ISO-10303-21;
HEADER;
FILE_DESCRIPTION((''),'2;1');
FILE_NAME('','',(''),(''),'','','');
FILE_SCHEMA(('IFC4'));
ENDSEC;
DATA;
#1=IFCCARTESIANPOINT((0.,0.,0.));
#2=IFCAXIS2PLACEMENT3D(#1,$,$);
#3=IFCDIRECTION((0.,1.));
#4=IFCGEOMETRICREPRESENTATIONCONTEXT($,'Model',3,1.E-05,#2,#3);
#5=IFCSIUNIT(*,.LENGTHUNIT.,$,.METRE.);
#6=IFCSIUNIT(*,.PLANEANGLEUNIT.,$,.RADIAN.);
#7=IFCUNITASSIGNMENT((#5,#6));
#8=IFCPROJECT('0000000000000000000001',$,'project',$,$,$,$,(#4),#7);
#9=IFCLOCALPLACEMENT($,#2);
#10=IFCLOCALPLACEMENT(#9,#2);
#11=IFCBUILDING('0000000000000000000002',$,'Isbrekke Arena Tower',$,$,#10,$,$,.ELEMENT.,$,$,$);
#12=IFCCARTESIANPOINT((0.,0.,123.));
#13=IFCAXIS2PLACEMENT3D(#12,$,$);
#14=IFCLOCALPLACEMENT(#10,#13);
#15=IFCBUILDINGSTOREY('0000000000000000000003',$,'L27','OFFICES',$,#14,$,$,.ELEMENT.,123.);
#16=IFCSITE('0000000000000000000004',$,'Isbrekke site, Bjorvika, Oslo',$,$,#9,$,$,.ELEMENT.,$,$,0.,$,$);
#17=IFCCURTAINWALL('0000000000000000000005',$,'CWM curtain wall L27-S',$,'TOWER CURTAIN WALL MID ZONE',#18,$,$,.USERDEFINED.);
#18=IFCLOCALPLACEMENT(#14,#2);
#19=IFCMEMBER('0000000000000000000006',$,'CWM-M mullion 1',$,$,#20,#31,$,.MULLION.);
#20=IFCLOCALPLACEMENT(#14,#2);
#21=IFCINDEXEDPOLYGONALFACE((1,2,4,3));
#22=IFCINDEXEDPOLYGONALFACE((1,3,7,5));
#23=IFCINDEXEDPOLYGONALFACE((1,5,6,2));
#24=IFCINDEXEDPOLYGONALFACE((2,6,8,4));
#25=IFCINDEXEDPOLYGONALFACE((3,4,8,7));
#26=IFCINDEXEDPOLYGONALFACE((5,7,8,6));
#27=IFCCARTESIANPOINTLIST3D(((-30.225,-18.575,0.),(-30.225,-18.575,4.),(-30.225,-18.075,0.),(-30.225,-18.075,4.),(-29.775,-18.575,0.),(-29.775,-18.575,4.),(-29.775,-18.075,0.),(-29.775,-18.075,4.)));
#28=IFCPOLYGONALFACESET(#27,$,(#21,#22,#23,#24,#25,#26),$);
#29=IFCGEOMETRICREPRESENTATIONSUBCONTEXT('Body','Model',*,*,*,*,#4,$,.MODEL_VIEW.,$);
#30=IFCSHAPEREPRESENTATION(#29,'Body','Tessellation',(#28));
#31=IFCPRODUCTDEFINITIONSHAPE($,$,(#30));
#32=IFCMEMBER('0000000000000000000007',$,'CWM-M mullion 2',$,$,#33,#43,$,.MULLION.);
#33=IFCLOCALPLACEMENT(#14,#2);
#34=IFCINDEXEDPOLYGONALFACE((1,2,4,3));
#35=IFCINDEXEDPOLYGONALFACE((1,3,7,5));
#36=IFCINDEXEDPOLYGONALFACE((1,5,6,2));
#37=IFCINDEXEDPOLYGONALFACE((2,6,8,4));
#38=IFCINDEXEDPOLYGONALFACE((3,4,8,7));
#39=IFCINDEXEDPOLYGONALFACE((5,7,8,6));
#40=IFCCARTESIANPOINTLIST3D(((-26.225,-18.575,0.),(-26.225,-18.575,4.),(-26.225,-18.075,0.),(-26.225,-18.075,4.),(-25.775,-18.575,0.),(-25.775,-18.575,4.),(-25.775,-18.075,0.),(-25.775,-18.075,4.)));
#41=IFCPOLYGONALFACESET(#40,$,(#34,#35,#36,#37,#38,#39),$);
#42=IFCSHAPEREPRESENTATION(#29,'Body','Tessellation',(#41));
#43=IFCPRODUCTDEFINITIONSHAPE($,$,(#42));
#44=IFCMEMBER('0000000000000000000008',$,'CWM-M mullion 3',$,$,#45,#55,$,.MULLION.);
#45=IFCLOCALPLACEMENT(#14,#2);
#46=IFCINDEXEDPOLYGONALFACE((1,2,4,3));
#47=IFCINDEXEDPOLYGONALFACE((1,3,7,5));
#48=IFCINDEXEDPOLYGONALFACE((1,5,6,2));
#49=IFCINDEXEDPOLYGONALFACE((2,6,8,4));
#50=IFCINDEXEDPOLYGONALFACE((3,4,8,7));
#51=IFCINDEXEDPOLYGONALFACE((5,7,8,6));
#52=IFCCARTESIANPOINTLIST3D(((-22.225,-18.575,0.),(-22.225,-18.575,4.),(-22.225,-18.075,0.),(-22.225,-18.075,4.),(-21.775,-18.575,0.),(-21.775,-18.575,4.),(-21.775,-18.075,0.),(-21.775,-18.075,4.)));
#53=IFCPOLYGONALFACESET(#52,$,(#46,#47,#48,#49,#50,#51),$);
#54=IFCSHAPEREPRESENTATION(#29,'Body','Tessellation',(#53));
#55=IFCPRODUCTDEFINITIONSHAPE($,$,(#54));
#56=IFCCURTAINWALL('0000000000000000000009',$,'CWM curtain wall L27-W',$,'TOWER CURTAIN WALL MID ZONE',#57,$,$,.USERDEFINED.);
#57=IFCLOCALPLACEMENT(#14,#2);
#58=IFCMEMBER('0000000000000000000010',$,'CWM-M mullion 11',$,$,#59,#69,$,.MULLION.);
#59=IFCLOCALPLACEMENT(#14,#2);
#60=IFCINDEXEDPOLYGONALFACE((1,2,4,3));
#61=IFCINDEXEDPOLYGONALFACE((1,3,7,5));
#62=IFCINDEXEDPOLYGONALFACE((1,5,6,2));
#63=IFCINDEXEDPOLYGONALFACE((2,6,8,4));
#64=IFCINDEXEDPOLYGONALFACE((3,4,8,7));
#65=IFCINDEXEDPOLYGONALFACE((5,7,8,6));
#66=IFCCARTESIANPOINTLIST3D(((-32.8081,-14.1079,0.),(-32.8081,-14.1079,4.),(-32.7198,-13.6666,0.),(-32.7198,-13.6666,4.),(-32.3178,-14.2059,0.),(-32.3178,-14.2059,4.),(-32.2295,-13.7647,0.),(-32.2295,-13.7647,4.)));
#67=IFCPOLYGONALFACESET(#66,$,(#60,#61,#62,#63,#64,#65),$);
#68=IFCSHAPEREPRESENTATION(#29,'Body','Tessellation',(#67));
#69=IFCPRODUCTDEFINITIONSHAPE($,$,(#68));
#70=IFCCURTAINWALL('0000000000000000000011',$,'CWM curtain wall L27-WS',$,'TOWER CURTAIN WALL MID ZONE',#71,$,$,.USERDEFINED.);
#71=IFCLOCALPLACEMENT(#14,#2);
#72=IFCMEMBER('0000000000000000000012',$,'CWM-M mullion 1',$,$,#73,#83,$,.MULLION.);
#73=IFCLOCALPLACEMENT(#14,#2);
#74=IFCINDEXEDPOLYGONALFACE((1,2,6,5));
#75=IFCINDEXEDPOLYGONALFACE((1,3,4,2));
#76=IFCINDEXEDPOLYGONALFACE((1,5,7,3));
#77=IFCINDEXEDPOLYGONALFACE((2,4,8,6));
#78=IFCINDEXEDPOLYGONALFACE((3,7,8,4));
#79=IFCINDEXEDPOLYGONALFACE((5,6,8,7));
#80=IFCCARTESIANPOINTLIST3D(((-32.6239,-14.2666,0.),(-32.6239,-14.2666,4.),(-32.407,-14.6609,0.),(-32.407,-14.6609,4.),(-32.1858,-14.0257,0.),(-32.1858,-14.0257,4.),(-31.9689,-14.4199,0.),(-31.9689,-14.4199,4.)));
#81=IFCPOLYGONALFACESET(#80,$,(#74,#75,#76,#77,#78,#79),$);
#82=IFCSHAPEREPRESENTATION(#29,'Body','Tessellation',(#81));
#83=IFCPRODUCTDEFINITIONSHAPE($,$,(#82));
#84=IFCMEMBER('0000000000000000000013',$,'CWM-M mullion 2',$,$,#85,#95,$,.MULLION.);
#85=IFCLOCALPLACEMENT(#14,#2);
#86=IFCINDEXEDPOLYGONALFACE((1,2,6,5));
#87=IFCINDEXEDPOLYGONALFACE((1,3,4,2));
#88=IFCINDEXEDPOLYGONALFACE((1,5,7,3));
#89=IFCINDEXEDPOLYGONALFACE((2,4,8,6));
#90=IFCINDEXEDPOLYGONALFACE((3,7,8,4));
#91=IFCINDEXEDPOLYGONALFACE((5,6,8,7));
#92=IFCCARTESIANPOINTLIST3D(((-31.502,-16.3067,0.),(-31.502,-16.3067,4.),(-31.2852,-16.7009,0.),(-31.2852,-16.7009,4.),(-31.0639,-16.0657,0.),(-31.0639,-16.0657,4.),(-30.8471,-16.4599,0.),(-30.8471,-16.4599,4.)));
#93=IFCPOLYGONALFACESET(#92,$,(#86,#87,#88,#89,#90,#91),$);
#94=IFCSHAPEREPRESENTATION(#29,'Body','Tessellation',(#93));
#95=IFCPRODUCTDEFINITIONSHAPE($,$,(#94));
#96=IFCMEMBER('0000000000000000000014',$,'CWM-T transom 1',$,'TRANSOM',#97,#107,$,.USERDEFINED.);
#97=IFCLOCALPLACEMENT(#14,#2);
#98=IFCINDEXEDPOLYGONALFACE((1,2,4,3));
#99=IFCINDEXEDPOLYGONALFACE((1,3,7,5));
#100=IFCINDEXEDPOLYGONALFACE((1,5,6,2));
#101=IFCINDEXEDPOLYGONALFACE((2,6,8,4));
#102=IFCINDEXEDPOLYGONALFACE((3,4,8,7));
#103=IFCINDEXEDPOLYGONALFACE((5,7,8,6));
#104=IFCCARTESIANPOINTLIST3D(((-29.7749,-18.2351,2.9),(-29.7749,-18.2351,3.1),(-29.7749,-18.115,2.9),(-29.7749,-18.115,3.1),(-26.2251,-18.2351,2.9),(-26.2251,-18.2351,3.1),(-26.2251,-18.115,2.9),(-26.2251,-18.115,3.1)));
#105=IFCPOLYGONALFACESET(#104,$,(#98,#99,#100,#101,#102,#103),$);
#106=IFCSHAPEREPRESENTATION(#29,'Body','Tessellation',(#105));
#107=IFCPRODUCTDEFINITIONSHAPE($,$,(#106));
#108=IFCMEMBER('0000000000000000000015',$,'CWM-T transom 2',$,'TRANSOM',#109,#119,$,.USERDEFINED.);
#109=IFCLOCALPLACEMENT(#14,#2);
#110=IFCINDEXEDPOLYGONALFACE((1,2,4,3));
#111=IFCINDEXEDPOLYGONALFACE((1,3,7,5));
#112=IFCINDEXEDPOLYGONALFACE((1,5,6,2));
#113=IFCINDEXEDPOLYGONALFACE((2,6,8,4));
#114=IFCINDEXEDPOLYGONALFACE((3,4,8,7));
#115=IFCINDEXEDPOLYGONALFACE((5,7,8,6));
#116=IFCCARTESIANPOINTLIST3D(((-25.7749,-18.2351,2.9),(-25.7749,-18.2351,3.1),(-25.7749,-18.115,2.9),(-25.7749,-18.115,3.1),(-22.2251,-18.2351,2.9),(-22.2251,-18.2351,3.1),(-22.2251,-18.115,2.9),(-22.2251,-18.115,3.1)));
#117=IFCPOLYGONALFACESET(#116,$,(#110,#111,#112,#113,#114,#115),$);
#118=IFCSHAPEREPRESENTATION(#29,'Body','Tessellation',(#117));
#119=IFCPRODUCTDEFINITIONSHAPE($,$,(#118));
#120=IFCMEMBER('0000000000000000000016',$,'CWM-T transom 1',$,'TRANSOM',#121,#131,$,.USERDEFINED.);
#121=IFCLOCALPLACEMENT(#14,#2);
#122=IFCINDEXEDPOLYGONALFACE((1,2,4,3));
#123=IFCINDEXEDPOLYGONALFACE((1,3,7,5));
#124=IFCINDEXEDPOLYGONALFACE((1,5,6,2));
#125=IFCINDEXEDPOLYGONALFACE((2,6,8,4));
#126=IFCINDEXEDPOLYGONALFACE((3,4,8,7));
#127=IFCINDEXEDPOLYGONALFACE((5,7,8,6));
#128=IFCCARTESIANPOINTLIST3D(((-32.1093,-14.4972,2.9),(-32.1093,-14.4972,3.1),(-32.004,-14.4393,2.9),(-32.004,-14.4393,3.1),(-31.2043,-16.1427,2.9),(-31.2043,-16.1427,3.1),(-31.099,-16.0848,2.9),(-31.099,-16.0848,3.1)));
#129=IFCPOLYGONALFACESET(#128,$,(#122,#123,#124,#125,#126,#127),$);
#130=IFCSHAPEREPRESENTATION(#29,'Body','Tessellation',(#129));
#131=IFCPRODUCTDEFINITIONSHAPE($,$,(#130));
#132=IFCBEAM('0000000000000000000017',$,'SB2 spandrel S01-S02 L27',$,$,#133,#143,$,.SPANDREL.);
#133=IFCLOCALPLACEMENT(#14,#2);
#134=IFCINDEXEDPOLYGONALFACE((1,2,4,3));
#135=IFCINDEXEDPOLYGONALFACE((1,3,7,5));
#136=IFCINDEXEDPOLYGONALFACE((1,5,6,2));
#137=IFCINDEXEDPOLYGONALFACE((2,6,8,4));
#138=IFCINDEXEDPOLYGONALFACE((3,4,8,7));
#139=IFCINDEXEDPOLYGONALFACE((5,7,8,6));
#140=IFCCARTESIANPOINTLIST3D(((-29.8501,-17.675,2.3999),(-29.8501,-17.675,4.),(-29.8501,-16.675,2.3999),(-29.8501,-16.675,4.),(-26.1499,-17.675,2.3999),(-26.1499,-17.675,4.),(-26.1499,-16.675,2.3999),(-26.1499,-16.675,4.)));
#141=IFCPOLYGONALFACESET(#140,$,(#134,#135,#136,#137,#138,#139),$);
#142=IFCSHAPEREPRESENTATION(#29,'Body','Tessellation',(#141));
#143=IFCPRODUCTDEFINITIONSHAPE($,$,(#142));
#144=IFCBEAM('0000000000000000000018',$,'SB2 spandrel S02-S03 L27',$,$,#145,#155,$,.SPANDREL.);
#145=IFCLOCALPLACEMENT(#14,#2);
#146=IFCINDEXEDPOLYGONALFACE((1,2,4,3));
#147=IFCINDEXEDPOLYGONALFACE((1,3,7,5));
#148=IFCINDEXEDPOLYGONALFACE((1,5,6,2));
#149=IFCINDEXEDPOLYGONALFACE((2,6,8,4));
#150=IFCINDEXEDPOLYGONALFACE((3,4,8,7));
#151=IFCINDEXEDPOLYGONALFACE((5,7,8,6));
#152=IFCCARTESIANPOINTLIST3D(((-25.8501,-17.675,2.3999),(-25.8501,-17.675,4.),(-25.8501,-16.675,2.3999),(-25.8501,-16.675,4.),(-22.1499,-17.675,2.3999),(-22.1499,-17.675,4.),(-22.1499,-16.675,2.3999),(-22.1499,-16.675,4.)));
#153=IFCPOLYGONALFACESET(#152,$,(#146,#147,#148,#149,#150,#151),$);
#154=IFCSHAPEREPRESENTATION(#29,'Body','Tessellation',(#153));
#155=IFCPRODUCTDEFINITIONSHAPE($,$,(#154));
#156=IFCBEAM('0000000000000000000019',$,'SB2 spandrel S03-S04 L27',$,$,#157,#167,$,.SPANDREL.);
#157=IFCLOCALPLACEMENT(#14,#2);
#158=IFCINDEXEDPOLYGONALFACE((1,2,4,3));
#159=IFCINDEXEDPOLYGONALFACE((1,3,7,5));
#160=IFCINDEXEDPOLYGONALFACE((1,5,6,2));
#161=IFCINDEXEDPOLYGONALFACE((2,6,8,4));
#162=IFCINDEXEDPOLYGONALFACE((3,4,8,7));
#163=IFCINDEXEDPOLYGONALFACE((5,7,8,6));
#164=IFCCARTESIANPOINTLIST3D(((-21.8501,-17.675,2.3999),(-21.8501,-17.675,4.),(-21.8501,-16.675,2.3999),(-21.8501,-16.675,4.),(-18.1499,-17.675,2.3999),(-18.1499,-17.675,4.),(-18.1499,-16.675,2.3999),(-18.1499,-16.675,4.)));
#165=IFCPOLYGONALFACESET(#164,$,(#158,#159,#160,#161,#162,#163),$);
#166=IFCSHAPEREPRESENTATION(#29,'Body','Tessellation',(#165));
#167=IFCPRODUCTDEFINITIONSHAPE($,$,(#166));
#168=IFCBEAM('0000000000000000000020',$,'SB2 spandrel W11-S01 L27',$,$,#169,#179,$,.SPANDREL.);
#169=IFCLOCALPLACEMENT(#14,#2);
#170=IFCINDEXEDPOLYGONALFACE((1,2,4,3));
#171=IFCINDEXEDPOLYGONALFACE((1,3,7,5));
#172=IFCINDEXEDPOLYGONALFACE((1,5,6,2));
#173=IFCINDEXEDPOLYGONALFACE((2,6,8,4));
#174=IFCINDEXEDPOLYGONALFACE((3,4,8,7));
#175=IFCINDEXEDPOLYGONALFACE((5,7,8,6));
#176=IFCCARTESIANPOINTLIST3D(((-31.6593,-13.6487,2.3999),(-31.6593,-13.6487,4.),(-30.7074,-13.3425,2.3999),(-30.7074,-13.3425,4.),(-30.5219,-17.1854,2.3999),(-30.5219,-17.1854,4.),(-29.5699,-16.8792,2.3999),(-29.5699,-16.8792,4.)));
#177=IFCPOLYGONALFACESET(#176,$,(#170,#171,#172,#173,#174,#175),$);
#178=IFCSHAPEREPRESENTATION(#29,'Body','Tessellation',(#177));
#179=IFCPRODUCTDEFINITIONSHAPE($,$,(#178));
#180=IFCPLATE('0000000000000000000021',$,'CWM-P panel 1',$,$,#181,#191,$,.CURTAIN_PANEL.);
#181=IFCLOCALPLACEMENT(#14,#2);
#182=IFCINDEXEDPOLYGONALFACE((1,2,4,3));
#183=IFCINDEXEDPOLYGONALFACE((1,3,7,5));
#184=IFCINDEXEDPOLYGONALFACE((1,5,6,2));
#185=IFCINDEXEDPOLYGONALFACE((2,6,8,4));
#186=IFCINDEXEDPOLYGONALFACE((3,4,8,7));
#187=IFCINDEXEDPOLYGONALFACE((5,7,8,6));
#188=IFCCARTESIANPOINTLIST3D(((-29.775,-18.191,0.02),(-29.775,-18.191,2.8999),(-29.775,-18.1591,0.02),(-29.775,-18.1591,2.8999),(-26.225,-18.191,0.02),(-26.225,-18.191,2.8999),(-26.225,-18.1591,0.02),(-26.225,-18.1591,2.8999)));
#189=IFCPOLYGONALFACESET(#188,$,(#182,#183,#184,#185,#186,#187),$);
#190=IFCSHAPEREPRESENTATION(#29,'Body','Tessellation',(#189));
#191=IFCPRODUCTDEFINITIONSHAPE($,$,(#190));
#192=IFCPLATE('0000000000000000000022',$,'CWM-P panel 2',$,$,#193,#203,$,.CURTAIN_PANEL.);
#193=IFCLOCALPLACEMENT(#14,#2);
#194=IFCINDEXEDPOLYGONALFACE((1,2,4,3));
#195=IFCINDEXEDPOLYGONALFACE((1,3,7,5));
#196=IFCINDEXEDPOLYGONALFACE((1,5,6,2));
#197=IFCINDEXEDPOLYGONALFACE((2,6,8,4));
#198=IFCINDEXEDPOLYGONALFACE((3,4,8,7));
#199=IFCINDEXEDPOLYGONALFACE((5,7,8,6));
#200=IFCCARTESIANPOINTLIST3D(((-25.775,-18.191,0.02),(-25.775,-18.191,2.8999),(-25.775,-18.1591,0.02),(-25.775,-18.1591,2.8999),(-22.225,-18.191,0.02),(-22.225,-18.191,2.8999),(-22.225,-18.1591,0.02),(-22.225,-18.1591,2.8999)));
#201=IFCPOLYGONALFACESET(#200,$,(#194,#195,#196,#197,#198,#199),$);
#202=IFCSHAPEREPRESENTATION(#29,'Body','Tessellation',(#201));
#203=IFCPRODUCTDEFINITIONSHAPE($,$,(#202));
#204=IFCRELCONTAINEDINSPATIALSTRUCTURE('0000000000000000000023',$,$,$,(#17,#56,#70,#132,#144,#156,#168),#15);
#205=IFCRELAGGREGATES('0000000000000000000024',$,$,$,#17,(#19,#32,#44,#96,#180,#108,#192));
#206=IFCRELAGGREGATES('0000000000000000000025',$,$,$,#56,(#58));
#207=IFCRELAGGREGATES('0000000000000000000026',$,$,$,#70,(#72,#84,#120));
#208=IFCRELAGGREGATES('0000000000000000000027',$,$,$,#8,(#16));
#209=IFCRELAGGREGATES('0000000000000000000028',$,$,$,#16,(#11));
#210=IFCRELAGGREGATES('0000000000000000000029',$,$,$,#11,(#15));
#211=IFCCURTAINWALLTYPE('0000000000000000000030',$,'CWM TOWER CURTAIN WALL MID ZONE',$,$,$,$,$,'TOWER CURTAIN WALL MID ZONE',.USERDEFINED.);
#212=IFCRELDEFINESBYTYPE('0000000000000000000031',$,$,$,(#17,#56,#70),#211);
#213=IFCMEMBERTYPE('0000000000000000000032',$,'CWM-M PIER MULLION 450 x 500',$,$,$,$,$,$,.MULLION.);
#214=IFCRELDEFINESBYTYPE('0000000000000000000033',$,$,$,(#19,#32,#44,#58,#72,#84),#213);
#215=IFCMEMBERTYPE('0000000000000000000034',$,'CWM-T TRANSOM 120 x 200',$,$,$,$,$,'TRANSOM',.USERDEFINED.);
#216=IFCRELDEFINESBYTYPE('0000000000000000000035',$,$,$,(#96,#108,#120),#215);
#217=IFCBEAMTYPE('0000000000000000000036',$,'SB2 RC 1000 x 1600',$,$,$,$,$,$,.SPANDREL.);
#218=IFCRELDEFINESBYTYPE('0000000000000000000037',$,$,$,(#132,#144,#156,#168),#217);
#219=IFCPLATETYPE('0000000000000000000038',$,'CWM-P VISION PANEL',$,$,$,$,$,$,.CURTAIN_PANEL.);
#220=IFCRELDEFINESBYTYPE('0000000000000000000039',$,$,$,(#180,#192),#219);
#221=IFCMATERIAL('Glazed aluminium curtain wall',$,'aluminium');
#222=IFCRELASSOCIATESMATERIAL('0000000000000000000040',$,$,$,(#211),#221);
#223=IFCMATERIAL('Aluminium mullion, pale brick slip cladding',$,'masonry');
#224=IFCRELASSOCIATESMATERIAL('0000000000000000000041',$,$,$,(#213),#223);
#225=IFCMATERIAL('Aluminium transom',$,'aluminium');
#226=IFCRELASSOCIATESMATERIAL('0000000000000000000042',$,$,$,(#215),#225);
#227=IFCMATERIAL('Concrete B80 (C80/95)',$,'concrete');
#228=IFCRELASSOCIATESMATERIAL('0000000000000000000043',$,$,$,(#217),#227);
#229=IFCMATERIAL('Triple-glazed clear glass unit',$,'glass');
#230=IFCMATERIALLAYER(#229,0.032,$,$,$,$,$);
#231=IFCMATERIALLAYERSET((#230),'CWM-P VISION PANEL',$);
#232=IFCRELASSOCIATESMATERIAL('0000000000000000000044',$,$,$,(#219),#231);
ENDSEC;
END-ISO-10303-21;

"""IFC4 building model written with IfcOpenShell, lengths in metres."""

from ifc_helpers import new_model, si_unit, direction, frame, origin, origin_2d, place, context, subcontext, project, spatial, rectangle, extrude, material, layer, layer_set, material_profile, profile_set, type_object, element, aggregate, save


model = new_model("IFC4")

# Units and contexts
model_context = context("Model", 3, precision=1e-05, world=origin(), true_north=direction((0.0, 1.0)))
body_context = subcontext(model_context, "Body", "Model", "MODEL_VIEW")
ifc_project = project(units=[si_unit("LENGTHUNIT", "METRE"), si_unit("PLANEANGLEUNIT", "RADIAN")], contexts=[model_context])

# Site, building, storey
site_placement = place(None, origin())
site = spatial("IfcSite", under=ifc_project, at=site_placement, Name="Isbrekke site, Bjorvika, Oslo", CompositionType="ELEMENT", RefElevation=0.0)
building_placement = place(site_placement, origin())
building = spatial("IfcBuilding", under=site, at=building_placement, Name="Isbrekke Arena Tower", CompositionType="ELEMENT")
storey_placement = place(building_placement, frame((0.0, 0.0, 123.0)))
storey = spatial("IfcBuildingStorey", under=building, at=storey_placement, Name="L27", Description="OFFICES", CompositionType="ELEMENT", Elevation=123.0)

# Curtain wall, members
ifc_material_1 = material(Name="Glazed aluminium curtain wall", Category="aluminium")
curtain_wall_type = type_object("IfcCurtainWallType", Name="CWM TOWER CURTAIN WALL MID ZONE", ElementType="TOWER CURTAIN WALL MID ZONE", PredefinedType="USERDEFINED", material=ifc_material_1)
curtain_wall_1_placement = place(storey_placement, origin())
curtain_wall_1 = element("IfcCurtainWall", 1, at=curtain_wall_1_placement, inside=storey, type_object=curtain_wall_type, Name="CWM curtain wall L27-S", ObjectType="TOWER CURTAIN WALL MID ZONE", PredefinedType="USERDEFINED")
ifc_material_2 = material(Name="Aluminium mullion, pale brick slip cladding", Category="masonry")
ifc_material_profile_1 = material_profile(ifc_material_2, rectangle(XDim=0.45, YDim=0.5, at=origin_2d()), Name="PIER 450X500")
ifc_profile_set_1 = profile_set([ifc_material_profile_1], Name="Aluminium mullion, pale brick slip cladding")
member_type_1 = type_object("IfcMemberType", Name="CWM-M PIER MULLION 450 x 500", PredefinedType="MULLION", material=ifc_profile_set_1)
member_1_placement = place(storey_placement, frame((-30.0, -18.325, 0.0), z_axis=(0.0, 0.0, 1.0), x_axis=(1.0, 0.0, 0.0)))
member_1 = element("IfcMember", 2, at=member_1_placement, type_object=member_type_1, Name="CWM-M mullion 1", PredefinedType="MULLION", context=body_context, shape_type="SweptSolid", body=[
    extrude(rectangle(XDim=0.45, YDim=0.5, at=origin_2d()), origin(), (0.0, 0.0, 1.0), 4.0),
])
member_2_placement = place(storey_placement, frame((-26.0, -18.325, 0.0), z_axis=(0.0, 0.0, 1.0), x_axis=(1.0, 0.0, 0.0)))
member_2 = element("IfcMember", 3, at=member_2_placement, type_object=member_type_1, Name="CWM-M mullion 2", PredefinedType="MULLION", context=body_context, shape_type="SweptSolid", body=[
    extrude(rectangle(XDim=0.45, YDim=0.5, at=origin_2d()), origin(), (0.0, 0.0, 1.0), 4.0),
])
member_3_placement = place(storey_placement, frame((-22.0, -18.325, 0.0), z_axis=(0.0, 0.0, 1.0), x_axis=(1.0, 0.0, 0.0)))
member_3 = element("IfcMember", 4, at=member_3_placement, type_object=member_type_1, Name="CWM-M mullion 3", PredefinedType="MULLION", context=body_context, shape_type="SweptSolid", body=[
    extrude(rectangle(XDim=0.45, YDim=0.5, at=origin_2d()), origin(), (0.0, 0.0, 1.0), 4.0),
])

# Curtain wall, member
curtain_wall_2_placement = place(storey_placement, origin())
curtain_wall_2 = element("IfcCurtainWall", 5, at=curtain_wall_2_placement, inside=storey, type_object=curtain_wall_type, Name="CWM curtain wall L27-W", ObjectType="TOWER CURTAIN WALL MID ZONE", PredefinedType="USERDEFINED")
member_4_placement = place(storey_placement, frame((-32.5188, -13.9363, 0.0), z_axis=(0.0, 0.0, 1.0), x_axis=(-0.196116, -0.980581, 0.0)))
member_4 = element("IfcMember", 6, at=member_4_placement, type_object=member_type_1, Name="CWM-M mullion 11", PredefinedType="MULLION", context=body_context, shape_type="SweptSolid", body=[
    extrude(rectangle(XDim=0.45, YDim=0.5, at=origin_2d()), origin(), (0.0, 0.0, 1.0), 4.0),
])

# Curtain wall, members
curtain_wall_3_placement = place(storey_placement, origin())
curtain_wall_3 = element("IfcCurtainWall", 7, at=curtain_wall_3_placement, inside=storey, type_object=curtain_wall_type, Name="CWM curtain wall L27-WS", ObjectType="TOWER CURTAIN WALL MID ZONE", PredefinedType="USERDEFINED")
member_5_placement = place(storey_placement, frame((-32.2964, -14.3433, 0.0), z_axis=(0.0, 0.0, 1.0), x_axis=(0.481919, -0.876216, 0.0)))
member_5 = element("IfcMember", 8, at=member_5_placement, type_object=member_type_1, Name="CWM-M mullion 1", PredefinedType="MULLION", context=body_context, shape_type="SweptSolid", body=[
    extrude(rectangle(XDim=0.45, YDim=0.5, at=origin_2d()), origin(), (0.0, 0.0, 1.0), 4.0),
])
member_6_placement = place(storey_placement, frame((-31.1746, -16.3833, 0.0), z_axis=(0.0, 0.0, 1.0), x_axis=(0.481919, -0.876216, 0.0)))
member_6 = element("IfcMember", 9, at=member_6_placement, type_object=member_type_1, Name="CWM-M mullion 2", PredefinedType="MULLION", context=body_context, shape_type="SweptSolid", body=[
    extrude(rectangle(XDim=0.45, YDim=0.5, at=origin_2d()), origin(), (0.0, 0.0, 1.0), 4.0),
])

# Members
ifc_material_3 = material(Name="Aluminium transom", Category="aluminium")
ifc_material_profile_2 = material_profile(ifc_material_3, rectangle(XDim=0.1201, YDim=0.2, at=origin_2d()), Name="TRANSOM 120X200")
ifc_profile_set_2 = profile_set([ifc_material_profile_2], Name="Aluminium transom")
member_type_2 = type_object("IfcMemberType", Name="CWM-T TRANSOM 120 x 200", ElementType="TRANSOM", PredefinedType="USERDEFINED", material=ifc_profile_set_2)
member_7_placement = place(storey_placement, frame((-29.7749, -18.175, 3.0), z_axis=(1.0, 0.0, 0.0), x_axis=(0.0, 1.0, 0.0)))
member_7 = element("IfcMember", 10, at=member_7_placement, type_object=member_type_2, Name="CWM-T transom 1", ObjectType="TRANSOM", PredefinedType="USERDEFINED", context=body_context, shape_type="SweptSolid", body=[
    extrude(rectangle(XDim=0.1201, YDim=0.2, at=origin_2d()), origin(), (0.0, 0.0, 1.0), 3.5498),
])
member_8_placement = place(storey_placement, frame((-25.7749, -18.175, 3.0), z_axis=(1.0, 0.0, 0.0), x_axis=(0.0, 1.0, 0.0)))
member_8 = element("IfcMember", 11, at=member_8_placement, type_object=member_type_2, Name="CWM-T transom 2", ObjectType="TRANSOM", PredefinedType="USERDEFINED", context=body_context, shape_type="SweptSolid", body=[
    extrude(rectangle(XDim=0.1201, YDim=0.2, at=origin_2d()), origin(), (0.0, 0.0, 1.0), 3.5498),
])
member_9_placement = place(storey_placement, frame((-32.0566, -14.4683, 3.0), z_axis=(0.481919, -0.876216, 0.0), x_axis=(0.876216, 0.481919, 0.0)))
member_9 = element("IfcMember", 12, at=member_9_placement, type_object=member_type_2, Name="CWM-T transom 1", ObjectType="TRANSOM", PredefinedType="USERDEFINED", context=body_context, shape_type="SweptSolid", body=[
    extrude(rectangle(XDim=0.1201, YDim=0.2, at=origin_2d()), origin(), (0.0, 0.0, 1.0), 1.8779),
])

# Beams
ifc_material_4 = material(Name="Concrete B80 (C80/95)", Category="concrete")
ifc_material_profile_3 = material_profile(ifc_material_4, rectangle(XDim=1.0, YDim=1.6001, at=origin_2d()), Name="RC 1000x1600")
ifc_profile_set_3 = profile_set([ifc_material_profile_3], Name="Concrete B80 (C80/95)")
beam_type_1 = type_object("IfcBeamType", Name="SB2 RC 1000 x 1600", PredefinedType="SPANDREL", material=ifc_profile_set_3)
for number, where, z_axis, x_axis, name in (
    (13, (-29.8501, -17.175, 3.2), (1.0, 0.0, 0.0), (0.0, 1.0, 0.0), "SB2 spandrel S01-S02 L27"),
    (14, (-25.8501, -17.175, 3.2), (1.0, 0.0, 0.0), (0.0, 1.0, 0.0), "SB2 spandrel S02-S03 L27"),
    (15, (-21.8501, -17.175, 3.2), (1.0, 0.0, 0.0), (0.0, 1.0, 0.0), "SB2 spandrel S03-S04 L27"),
):
    element("IfcBeam", number, at=place(storey_placement, frame(where, z_axis=z_axis, x_axis=x_axis)), inside=storey, type_object=beam_type_1, Name=name, PredefinedType="SPANDREL", context=body_context, shape_type="SweptSolid", body=[
        extrude(rectangle(XDim=1.0, YDim=1.6001, at=origin_2d()), origin(), (0.0, 0.0, 1.0), 3.7002),
    ])
beam_1_placement = place(storey_placement, frame((-31.1833, -13.4956, 3.2), z_axis=(0.306175, -0.951975, 0.0), x_axis=(0.951975, 0.306175, 0.0)))
element("IfcBeam", 16, at=beam_1_placement, inside=storey, type_object=beam_type_1, Name="SB2 spandrel W11-S01 L27", PredefinedType="SPANDREL", context=body_context, shape_type="SweptSolid", body=[
    extrude(rectangle(XDim=1.0, YDim=1.6001, at=origin_2d()), origin(), (0.0, 0.0, 1.0), 3.7151),
])

# Plates
ifc_material_5 = material(Name="Triple-glazed clear glass unit", Category="glass")
ifc_layer_1 = layer(ifc_material_5, 0.032)
ifc_layer_set_1 = layer_set([ifc_layer_1], Name="CWM-P VISION PANEL")
plate_type = type_object("IfcPlateType", Name="CWM-P VISION PANEL", PredefinedType="CURTAIN_PANEL", material=ifc_layer_set_1)
plate_1_placement = place(storey_placement, frame((-28.0, -18.175, 0.02), z_axis=(0.0, 0.0, 1.0), x_axis=(1.0, 0.0, 0.0)))
plate_1 = element("IfcPlate", 17, at=plate_1_placement, type_object=plate_type, Name="CWM-P panel 1", PredefinedType="CURTAIN_PANEL", context=body_context, shape_type="SweptSolid", body=[
    extrude(rectangle(XDim=3.55, YDim=0.032, at=origin_2d()), origin(), (0.0, 0.0, 1.0), 2.8799),
])
plate_2_placement = place(storey_placement, frame((-24.0, -18.175, 0.02), z_axis=(0.0, 0.0, 1.0), x_axis=(1.0, 0.0, 0.0)))
plate_2 = element("IfcPlate", 18, at=plate_2_placement, type_object=plate_type, Name="CWM-P panel 2", PredefinedType="CURTAIN_PANEL", context=body_context, shape_type="SweptSolid", body=[
    extrude(rectangle(XDim=3.55, YDim=0.032, at=origin_2d()), origin(), (0.0, 0.0, 1.0), 2.8799),
])
aggregate(curtain_wall_1, [member_1, member_2, member_3, member_7, plate_1, member_8, plate_2])
aggregate(curtain_wall_2, [member_4])
aggregate(curtain_wall_3, [member_5, member_6, member_9])

save(model, "model.ifc")
